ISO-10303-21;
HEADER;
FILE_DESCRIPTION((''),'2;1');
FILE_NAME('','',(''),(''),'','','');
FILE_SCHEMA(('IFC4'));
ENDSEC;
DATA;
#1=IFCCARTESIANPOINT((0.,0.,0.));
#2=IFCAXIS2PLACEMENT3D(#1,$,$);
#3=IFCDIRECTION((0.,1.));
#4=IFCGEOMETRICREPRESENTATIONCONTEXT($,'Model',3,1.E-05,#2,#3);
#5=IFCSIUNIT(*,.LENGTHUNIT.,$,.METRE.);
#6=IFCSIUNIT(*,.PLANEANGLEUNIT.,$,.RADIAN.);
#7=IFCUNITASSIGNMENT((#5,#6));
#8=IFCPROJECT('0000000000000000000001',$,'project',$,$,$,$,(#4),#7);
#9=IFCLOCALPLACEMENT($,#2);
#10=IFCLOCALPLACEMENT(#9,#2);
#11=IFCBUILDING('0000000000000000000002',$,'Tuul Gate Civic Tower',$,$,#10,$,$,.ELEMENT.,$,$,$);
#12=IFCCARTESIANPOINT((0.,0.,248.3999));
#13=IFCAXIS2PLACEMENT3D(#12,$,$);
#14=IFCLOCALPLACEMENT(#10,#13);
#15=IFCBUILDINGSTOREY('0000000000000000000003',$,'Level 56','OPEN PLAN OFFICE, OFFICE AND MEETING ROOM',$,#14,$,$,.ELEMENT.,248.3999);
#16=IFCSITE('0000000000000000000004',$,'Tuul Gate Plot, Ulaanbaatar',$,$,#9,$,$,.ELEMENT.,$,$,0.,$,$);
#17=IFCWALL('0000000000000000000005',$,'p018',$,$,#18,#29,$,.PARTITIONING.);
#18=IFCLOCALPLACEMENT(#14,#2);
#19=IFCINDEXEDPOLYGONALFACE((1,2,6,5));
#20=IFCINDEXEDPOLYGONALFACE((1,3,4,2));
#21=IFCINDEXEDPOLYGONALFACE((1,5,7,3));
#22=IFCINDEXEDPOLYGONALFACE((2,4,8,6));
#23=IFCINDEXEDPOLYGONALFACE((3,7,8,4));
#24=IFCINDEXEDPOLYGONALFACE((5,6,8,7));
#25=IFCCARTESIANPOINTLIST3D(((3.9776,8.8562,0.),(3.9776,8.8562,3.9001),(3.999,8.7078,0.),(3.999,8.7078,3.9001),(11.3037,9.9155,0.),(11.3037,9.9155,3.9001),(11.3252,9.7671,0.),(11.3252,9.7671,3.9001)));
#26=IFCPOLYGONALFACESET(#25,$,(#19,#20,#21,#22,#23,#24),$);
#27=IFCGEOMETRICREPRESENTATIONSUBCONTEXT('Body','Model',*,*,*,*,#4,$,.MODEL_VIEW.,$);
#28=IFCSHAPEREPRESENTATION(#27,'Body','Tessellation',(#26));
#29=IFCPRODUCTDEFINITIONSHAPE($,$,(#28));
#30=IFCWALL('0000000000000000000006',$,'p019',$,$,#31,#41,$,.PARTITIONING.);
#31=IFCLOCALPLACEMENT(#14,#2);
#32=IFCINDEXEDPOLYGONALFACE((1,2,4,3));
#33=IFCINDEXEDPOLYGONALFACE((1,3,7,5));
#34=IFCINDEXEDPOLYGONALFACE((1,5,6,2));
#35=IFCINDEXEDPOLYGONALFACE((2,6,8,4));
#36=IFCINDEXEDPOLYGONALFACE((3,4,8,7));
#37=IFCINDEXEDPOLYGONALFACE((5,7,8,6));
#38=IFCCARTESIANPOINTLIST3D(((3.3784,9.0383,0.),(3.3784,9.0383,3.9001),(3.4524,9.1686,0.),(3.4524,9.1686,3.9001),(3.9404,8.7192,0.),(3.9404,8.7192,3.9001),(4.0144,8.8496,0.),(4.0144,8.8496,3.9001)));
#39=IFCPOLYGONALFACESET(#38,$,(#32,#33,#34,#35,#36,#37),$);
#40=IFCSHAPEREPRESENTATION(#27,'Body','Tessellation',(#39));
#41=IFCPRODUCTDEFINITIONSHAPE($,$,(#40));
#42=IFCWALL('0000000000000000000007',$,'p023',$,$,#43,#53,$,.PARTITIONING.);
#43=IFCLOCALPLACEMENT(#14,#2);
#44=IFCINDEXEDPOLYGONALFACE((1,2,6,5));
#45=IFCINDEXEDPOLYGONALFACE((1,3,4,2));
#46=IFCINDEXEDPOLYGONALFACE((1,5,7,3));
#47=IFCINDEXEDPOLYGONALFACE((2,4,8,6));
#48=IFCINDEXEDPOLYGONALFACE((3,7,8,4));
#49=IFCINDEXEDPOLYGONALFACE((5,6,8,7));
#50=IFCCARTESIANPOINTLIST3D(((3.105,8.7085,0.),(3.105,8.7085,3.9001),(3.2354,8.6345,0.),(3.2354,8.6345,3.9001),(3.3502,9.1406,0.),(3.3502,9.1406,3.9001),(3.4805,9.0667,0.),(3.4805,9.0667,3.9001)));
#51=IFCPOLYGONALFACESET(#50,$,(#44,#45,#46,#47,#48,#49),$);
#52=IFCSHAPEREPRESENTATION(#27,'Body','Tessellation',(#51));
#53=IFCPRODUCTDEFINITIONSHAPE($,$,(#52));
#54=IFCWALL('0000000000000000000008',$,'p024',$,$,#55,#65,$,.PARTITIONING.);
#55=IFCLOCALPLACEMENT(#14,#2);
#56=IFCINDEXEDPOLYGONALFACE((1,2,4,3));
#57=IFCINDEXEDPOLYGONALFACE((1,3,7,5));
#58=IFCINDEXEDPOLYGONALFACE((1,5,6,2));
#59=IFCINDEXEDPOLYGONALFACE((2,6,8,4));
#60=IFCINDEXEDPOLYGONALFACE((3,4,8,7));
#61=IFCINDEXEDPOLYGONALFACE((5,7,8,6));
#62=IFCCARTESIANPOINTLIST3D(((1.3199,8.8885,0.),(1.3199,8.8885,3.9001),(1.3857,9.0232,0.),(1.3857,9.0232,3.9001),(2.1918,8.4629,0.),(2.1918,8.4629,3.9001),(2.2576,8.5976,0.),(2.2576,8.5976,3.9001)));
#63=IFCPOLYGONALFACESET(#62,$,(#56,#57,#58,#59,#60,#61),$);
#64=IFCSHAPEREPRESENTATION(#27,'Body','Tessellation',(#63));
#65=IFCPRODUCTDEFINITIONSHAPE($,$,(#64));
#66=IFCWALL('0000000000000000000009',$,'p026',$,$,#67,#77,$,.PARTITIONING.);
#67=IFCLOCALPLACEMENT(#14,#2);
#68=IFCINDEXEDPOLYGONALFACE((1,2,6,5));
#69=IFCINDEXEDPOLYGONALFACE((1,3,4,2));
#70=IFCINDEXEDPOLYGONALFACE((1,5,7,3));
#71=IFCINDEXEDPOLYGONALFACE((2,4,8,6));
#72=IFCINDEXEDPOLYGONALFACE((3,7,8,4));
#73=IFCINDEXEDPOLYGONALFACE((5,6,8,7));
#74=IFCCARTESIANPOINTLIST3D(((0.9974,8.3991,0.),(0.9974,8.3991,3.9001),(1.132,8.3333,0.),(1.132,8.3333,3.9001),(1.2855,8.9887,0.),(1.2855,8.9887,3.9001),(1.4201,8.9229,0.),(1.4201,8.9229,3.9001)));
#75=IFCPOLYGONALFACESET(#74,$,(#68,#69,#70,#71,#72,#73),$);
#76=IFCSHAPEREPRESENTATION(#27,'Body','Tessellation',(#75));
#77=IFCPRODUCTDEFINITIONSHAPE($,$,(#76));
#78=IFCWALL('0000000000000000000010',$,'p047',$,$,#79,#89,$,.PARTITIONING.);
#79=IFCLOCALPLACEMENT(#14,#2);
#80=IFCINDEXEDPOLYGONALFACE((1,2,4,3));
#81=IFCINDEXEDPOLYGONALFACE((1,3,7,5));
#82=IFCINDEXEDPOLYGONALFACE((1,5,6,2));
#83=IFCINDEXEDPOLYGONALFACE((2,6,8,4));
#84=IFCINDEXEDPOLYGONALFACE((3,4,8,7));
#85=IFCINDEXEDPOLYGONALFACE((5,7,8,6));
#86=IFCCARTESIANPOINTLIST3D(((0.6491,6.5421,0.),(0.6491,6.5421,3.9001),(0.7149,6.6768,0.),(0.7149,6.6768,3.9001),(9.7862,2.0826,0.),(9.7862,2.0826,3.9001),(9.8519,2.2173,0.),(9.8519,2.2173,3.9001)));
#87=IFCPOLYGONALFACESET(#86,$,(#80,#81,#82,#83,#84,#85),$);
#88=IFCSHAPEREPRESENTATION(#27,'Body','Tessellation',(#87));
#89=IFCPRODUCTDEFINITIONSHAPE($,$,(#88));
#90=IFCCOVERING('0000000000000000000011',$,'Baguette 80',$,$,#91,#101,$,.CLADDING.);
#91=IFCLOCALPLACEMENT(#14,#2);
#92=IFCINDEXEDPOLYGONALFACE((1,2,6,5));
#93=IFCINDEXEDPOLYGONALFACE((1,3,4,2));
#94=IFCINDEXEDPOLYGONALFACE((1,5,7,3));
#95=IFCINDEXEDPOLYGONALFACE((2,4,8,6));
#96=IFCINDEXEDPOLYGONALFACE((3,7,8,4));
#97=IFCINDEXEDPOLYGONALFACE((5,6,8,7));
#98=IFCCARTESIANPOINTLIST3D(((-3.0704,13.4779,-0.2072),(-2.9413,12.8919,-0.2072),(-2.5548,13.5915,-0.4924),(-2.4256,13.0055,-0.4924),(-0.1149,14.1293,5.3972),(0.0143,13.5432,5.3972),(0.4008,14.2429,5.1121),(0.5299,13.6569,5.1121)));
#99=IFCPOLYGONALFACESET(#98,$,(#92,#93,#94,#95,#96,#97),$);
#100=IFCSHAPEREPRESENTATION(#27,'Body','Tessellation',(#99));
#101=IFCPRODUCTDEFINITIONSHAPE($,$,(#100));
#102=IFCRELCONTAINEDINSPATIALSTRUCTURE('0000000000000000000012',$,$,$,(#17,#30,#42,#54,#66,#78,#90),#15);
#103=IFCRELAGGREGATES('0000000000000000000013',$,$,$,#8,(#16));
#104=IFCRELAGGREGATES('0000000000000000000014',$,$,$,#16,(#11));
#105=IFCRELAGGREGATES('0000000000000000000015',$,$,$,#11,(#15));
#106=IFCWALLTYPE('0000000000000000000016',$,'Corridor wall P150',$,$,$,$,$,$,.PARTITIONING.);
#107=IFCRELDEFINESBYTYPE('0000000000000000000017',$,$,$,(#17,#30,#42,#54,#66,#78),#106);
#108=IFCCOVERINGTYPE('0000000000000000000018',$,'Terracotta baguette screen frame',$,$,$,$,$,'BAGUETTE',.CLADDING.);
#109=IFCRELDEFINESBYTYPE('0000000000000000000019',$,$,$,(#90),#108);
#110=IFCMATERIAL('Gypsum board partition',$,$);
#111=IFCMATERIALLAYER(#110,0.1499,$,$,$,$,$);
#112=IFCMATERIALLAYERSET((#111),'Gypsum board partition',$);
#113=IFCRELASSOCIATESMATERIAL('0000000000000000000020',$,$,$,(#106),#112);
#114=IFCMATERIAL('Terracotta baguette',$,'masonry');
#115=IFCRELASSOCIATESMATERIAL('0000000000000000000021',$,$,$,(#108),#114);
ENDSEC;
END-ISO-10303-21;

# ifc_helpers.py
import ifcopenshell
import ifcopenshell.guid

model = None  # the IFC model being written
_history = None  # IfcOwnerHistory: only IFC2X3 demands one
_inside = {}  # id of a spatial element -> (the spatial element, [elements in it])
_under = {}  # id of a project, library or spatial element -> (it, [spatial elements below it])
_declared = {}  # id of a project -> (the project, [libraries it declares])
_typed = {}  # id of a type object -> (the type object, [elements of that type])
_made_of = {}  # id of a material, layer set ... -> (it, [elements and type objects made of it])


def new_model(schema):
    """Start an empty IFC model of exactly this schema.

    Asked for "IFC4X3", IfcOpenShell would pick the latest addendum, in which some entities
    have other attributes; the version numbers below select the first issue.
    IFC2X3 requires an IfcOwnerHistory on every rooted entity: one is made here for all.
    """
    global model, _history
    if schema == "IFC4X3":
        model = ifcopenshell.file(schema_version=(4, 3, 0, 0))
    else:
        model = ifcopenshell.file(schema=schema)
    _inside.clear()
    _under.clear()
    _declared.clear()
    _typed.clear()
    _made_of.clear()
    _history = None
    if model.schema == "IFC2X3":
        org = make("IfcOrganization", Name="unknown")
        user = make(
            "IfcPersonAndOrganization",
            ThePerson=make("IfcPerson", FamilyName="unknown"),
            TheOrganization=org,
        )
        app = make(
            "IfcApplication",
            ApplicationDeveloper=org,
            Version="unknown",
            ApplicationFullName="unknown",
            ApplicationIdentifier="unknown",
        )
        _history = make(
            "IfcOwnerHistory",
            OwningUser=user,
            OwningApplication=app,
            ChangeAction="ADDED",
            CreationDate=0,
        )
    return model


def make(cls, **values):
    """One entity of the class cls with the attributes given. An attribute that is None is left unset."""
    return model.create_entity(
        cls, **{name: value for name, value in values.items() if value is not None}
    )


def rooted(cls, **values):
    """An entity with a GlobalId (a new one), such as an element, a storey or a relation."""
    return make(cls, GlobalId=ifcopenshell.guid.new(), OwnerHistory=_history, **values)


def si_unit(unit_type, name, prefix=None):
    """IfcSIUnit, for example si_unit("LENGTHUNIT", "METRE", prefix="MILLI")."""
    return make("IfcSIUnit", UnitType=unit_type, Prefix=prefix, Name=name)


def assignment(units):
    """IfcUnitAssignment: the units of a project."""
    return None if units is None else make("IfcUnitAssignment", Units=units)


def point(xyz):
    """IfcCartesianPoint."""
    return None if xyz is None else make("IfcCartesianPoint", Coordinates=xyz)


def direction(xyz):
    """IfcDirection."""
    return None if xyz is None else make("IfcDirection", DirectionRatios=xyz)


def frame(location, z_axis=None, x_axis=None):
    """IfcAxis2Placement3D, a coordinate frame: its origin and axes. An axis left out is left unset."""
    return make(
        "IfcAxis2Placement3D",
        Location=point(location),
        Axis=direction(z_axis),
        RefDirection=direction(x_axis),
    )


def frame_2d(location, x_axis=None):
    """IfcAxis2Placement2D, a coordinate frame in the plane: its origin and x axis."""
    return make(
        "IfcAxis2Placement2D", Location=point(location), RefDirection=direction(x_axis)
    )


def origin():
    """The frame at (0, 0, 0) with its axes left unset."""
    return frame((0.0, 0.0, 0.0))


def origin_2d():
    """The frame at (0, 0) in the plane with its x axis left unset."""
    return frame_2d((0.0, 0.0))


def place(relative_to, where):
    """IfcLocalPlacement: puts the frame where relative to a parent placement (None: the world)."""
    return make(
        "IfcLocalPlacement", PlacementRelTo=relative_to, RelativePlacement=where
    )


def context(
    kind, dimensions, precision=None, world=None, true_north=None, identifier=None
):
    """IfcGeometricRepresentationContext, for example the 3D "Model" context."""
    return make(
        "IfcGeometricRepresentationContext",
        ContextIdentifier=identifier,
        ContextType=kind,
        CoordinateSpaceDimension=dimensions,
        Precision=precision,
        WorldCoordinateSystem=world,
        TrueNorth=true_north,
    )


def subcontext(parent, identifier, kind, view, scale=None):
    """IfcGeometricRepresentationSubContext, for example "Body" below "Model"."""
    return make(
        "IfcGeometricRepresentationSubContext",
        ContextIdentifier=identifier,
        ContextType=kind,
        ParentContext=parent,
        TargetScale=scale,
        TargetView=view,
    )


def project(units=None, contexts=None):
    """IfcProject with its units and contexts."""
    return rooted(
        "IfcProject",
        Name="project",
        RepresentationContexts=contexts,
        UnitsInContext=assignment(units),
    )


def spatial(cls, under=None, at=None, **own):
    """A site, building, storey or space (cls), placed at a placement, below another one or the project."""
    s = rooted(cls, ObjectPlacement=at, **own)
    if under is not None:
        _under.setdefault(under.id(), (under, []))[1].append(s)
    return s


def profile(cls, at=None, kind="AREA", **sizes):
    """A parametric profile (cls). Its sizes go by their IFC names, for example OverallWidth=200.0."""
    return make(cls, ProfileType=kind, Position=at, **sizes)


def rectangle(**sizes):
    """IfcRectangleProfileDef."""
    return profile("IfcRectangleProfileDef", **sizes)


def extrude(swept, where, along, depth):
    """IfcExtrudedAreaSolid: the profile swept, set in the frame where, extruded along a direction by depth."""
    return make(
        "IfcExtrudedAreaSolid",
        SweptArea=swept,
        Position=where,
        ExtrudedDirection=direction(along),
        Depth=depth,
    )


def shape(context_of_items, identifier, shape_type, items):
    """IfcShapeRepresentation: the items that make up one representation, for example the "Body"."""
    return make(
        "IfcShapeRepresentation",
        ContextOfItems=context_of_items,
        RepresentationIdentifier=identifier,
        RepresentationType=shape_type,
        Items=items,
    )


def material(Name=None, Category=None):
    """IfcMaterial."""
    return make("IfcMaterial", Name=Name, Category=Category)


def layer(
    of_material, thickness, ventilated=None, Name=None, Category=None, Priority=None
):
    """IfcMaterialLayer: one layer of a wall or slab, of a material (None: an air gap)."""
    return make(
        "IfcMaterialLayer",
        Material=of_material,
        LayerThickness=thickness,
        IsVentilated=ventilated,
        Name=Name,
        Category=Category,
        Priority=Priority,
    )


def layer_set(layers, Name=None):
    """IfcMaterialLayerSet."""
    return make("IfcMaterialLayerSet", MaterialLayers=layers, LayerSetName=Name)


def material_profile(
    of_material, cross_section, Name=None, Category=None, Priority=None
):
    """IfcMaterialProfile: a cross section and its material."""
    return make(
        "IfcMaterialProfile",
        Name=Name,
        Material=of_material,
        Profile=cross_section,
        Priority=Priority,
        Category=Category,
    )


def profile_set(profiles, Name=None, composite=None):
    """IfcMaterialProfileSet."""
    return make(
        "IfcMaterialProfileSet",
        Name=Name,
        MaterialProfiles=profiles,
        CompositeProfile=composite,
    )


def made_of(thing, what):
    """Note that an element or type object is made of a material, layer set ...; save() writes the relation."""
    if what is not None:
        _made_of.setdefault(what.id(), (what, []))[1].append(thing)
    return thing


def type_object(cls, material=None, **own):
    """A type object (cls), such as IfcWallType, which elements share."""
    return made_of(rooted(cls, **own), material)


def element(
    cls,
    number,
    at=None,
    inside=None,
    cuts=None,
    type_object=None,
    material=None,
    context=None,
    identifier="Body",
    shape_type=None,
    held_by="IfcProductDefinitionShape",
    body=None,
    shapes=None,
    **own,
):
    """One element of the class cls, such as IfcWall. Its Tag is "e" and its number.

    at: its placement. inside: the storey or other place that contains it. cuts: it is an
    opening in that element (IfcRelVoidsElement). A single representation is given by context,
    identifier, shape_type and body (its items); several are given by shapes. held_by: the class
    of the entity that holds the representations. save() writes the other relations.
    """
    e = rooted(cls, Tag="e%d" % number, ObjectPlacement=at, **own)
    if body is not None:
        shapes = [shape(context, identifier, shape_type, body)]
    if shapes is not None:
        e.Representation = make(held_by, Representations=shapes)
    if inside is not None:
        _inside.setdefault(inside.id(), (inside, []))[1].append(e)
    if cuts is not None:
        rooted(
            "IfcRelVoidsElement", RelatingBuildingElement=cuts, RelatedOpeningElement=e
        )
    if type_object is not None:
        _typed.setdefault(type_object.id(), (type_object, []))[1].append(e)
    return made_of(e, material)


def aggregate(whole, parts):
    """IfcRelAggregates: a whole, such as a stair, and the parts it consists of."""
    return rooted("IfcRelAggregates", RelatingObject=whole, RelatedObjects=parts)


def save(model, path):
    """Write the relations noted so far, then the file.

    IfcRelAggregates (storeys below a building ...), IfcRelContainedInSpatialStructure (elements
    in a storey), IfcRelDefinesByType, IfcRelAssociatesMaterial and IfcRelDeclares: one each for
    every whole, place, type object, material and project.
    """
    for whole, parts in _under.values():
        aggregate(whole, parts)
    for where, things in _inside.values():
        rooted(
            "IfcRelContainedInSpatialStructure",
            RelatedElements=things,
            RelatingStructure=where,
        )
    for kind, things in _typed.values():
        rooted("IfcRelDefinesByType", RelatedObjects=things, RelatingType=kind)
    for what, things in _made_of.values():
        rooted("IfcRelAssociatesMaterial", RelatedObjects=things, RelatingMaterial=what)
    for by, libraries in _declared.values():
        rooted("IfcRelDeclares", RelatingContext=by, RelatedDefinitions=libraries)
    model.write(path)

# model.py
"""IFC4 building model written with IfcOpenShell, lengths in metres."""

from ifc_helpers import new_model, si_unit, direction, frame, frame_2d, origin, origin_2d, place, context, subcontext, project, spatial, rectangle, extrude, material, layer, layer_set, material_profile, profile_set, type_object, element, save


model = new_model("IFC4")

# Units and contexts
model_context = context("Model", 3, precision=1e-05, world=origin(), true_north=direction((0.0, 1.0)))
body_context = subcontext(model_context, "Body", "Model", "MODEL_VIEW")
ifc_project = project(units=[si_unit("LENGTHUNIT", "METRE"), si_unit("PLANEANGLEUNIT", "RADIAN")], contexts=[model_context])

# Site, building, storey
site_placement = place(None, origin())
site = spatial("IfcSite", under=ifc_project, at=site_placement, Name="Tuul Gate Plot, Ulaanbaatar", CompositionType="ELEMENT", RefElevation=0.0)
building_placement = place(site_placement, origin())
building = spatial("IfcBuilding", under=site, at=building_placement, Name="Tuul Gate Civic Tower", CompositionType="ELEMENT")
storey_placement = place(building_placement, frame((0.0, 0.0, 248.3999)))
storey = spatial("IfcBuildingStorey", under=building, at=storey_placement, Name="Level 56", Description="OPEN PLAN OFFICE, OFFICE AND MEETING ROOM", CompositionType="ELEMENT", Elevation=248.3999)

# Walls
ifc_material_1 = material(Name="Gypsum board partition")
ifc_layer_1 = layer(ifc_material_1, 0.1499)
ifc_layer_set_1 = layer_set([ifc_layer_1], Name="Gypsum board partition")
wall_type = type_object("IfcWallType", Name="Corridor wall P150", PredefinedType="PARTITIONING", material=ifc_layer_set_1)
wall_1_placement = place(storey_placement, frame((3.9883, 8.782, 0.0), z_axis=(0.0, 0.0, 1.0), x_axis=(0.989707, 0.143107, 0.0)))
element("IfcWall", 1, at=wall_1_placement, inside=storey, type_object=wall_type, Name="p018", PredefinedType="PARTITIONING", context=body_context, shape_type="SweptSolid", body=[
    extrude(rectangle(XDim=7.4023, YDim=0.1499, at=frame_2d((3.7012, 0.0))), origin(), (0.0, 0.0, 1.0), 3.9001),
])
wall_2_placement = place(storey_placement, frame((3.4153, 9.1035, 0.0), z_axis=(0.0, 0.0, 1.0), x_axis=(0.869611, -0.493737, 0.0)))
element("IfcWall", 2, at=wall_2_placement, inside=storey, type_object=wall_type, Name="p019", PredefinedType="PARTITIONING", context=body_context, shape_type="SweptSolid", body=[
    extrude(rectangle(XDim=0.6462, YDim=0.1499, at=frame_2d((0.3232, 0.0))), origin(), (0.0, 0.0, 1.0), 3.9001),
])
wall_3_placement = place(storey_placement, frame((3.1702, 8.6714, 0.0), z_axis=(0.0, 0.0, 1.0), x_axis=(0.493385, 0.869811, 0.0)))
element("IfcWall", 3, at=wall_3_placement, inside=storey, type_object=wall_type, Name="p023", PredefinedType="PARTITIONING", context=body_context, shape_type="SweptSolid", body=[
    extrude(rectangle(XDim=0.4968, YDim=0.1499, at=frame_2d((0.2485, 0.0))), origin(), (0.0, 0.0, 1.0), 3.9001),
])
wall_4_placement = place(storey_placement, frame((1.3528, 8.9558, 0.0), z_axis=(0.0, 0.0, 1.0), x_axis=(0.898664, -0.438637, 0.0)))
element("IfcWall", 4, at=wall_4_placement, inside=storey, type_object=wall_type, Name="p024", PredefinedType="PARTITIONING", context=body_context, shape_type="SweptSolid", body=[
    extrude(rectangle(XDim=0.9702, YDim=0.1499, at=frame_2d((0.4851, 0.0))), origin(), (0.0, 0.0, 1.0), 3.9001),
])
wall_5_placement = place(storey_placement, frame((1.0647, 8.3662, 0.0), z_axis=(0.0, 0.0, 1.0), x_axis=(0.43901, 0.898482, 0.0)))
element("IfcWall", 5, at=wall_5_placement, inside=storey, type_object=wall_type, Name="p026", PredefinedType="PARTITIONING", context=body_context, shape_type="SweptSolid", body=[
    extrude(rectangle(XDim=0.6562, YDim=0.1499, at=frame_2d((0.3281, 0.0))), origin(), (0.0, 0.0, 1.0), 3.9001),
])
wall_6_placement = place(storey_placement, frame((0.6821, 6.6094, 0.0), z_axis=(0.0, 0.0, 1.0), x_axis=(0.898675, -0.438616, 0.0)))
element("IfcWall", 6, at=wall_6_placement, inside=storey, type_object=wall_type, Name="p047", PredefinedType="PARTITIONING", context=body_context, shape_type="SweptSolid", body=[
    extrude(rectangle(XDim=10.1672, YDim=0.1499, at=frame_2d((5.0835, 0.0))), origin(), (0.0, 0.0, 1.0), 3.9001),
])

# Covering
ifc_material_2 = material(Name="Terracotta baguette", Category="masonry")
ifc_material_profile_1 = material_profile(ifc_material_2, rectangle(XDim=0.6001, YDim=0.6001, at=origin_2d()), Name="Terracotta baguette screen frame")
ifc_profile_set_1 = profile_set([ifc_material_profile_1], Name="Terracotta baguette")
covering_type = type_object("IfcCoveringType", Name="Terracotta baguette screen frame", ElementType="BAGUETTE", PredefinedType="CLADDING", material=ifc_profile_set_1)
covering_placement = place(storey_placement, frame((0.2075, 13.8931, 5.2546), z_axis=(-0.464022, -0.102264, -0.879901), x_axis=(0.215222, -0.976565, 0.0)))
element("IfcCovering", 7, at=covering_placement, inside=storey, type_object=covering_type, Name="Baguette 80", PredefinedType="CLADDING", context=body_context, shape_type="SweptSolid", body=[
    extrude(rectangle(XDim=0.6001, YDim=0.6001, at=origin_2d()), origin(), (0.0, 0.0, 1.0), 6.3694),
])

save(model, "model.ifc")
